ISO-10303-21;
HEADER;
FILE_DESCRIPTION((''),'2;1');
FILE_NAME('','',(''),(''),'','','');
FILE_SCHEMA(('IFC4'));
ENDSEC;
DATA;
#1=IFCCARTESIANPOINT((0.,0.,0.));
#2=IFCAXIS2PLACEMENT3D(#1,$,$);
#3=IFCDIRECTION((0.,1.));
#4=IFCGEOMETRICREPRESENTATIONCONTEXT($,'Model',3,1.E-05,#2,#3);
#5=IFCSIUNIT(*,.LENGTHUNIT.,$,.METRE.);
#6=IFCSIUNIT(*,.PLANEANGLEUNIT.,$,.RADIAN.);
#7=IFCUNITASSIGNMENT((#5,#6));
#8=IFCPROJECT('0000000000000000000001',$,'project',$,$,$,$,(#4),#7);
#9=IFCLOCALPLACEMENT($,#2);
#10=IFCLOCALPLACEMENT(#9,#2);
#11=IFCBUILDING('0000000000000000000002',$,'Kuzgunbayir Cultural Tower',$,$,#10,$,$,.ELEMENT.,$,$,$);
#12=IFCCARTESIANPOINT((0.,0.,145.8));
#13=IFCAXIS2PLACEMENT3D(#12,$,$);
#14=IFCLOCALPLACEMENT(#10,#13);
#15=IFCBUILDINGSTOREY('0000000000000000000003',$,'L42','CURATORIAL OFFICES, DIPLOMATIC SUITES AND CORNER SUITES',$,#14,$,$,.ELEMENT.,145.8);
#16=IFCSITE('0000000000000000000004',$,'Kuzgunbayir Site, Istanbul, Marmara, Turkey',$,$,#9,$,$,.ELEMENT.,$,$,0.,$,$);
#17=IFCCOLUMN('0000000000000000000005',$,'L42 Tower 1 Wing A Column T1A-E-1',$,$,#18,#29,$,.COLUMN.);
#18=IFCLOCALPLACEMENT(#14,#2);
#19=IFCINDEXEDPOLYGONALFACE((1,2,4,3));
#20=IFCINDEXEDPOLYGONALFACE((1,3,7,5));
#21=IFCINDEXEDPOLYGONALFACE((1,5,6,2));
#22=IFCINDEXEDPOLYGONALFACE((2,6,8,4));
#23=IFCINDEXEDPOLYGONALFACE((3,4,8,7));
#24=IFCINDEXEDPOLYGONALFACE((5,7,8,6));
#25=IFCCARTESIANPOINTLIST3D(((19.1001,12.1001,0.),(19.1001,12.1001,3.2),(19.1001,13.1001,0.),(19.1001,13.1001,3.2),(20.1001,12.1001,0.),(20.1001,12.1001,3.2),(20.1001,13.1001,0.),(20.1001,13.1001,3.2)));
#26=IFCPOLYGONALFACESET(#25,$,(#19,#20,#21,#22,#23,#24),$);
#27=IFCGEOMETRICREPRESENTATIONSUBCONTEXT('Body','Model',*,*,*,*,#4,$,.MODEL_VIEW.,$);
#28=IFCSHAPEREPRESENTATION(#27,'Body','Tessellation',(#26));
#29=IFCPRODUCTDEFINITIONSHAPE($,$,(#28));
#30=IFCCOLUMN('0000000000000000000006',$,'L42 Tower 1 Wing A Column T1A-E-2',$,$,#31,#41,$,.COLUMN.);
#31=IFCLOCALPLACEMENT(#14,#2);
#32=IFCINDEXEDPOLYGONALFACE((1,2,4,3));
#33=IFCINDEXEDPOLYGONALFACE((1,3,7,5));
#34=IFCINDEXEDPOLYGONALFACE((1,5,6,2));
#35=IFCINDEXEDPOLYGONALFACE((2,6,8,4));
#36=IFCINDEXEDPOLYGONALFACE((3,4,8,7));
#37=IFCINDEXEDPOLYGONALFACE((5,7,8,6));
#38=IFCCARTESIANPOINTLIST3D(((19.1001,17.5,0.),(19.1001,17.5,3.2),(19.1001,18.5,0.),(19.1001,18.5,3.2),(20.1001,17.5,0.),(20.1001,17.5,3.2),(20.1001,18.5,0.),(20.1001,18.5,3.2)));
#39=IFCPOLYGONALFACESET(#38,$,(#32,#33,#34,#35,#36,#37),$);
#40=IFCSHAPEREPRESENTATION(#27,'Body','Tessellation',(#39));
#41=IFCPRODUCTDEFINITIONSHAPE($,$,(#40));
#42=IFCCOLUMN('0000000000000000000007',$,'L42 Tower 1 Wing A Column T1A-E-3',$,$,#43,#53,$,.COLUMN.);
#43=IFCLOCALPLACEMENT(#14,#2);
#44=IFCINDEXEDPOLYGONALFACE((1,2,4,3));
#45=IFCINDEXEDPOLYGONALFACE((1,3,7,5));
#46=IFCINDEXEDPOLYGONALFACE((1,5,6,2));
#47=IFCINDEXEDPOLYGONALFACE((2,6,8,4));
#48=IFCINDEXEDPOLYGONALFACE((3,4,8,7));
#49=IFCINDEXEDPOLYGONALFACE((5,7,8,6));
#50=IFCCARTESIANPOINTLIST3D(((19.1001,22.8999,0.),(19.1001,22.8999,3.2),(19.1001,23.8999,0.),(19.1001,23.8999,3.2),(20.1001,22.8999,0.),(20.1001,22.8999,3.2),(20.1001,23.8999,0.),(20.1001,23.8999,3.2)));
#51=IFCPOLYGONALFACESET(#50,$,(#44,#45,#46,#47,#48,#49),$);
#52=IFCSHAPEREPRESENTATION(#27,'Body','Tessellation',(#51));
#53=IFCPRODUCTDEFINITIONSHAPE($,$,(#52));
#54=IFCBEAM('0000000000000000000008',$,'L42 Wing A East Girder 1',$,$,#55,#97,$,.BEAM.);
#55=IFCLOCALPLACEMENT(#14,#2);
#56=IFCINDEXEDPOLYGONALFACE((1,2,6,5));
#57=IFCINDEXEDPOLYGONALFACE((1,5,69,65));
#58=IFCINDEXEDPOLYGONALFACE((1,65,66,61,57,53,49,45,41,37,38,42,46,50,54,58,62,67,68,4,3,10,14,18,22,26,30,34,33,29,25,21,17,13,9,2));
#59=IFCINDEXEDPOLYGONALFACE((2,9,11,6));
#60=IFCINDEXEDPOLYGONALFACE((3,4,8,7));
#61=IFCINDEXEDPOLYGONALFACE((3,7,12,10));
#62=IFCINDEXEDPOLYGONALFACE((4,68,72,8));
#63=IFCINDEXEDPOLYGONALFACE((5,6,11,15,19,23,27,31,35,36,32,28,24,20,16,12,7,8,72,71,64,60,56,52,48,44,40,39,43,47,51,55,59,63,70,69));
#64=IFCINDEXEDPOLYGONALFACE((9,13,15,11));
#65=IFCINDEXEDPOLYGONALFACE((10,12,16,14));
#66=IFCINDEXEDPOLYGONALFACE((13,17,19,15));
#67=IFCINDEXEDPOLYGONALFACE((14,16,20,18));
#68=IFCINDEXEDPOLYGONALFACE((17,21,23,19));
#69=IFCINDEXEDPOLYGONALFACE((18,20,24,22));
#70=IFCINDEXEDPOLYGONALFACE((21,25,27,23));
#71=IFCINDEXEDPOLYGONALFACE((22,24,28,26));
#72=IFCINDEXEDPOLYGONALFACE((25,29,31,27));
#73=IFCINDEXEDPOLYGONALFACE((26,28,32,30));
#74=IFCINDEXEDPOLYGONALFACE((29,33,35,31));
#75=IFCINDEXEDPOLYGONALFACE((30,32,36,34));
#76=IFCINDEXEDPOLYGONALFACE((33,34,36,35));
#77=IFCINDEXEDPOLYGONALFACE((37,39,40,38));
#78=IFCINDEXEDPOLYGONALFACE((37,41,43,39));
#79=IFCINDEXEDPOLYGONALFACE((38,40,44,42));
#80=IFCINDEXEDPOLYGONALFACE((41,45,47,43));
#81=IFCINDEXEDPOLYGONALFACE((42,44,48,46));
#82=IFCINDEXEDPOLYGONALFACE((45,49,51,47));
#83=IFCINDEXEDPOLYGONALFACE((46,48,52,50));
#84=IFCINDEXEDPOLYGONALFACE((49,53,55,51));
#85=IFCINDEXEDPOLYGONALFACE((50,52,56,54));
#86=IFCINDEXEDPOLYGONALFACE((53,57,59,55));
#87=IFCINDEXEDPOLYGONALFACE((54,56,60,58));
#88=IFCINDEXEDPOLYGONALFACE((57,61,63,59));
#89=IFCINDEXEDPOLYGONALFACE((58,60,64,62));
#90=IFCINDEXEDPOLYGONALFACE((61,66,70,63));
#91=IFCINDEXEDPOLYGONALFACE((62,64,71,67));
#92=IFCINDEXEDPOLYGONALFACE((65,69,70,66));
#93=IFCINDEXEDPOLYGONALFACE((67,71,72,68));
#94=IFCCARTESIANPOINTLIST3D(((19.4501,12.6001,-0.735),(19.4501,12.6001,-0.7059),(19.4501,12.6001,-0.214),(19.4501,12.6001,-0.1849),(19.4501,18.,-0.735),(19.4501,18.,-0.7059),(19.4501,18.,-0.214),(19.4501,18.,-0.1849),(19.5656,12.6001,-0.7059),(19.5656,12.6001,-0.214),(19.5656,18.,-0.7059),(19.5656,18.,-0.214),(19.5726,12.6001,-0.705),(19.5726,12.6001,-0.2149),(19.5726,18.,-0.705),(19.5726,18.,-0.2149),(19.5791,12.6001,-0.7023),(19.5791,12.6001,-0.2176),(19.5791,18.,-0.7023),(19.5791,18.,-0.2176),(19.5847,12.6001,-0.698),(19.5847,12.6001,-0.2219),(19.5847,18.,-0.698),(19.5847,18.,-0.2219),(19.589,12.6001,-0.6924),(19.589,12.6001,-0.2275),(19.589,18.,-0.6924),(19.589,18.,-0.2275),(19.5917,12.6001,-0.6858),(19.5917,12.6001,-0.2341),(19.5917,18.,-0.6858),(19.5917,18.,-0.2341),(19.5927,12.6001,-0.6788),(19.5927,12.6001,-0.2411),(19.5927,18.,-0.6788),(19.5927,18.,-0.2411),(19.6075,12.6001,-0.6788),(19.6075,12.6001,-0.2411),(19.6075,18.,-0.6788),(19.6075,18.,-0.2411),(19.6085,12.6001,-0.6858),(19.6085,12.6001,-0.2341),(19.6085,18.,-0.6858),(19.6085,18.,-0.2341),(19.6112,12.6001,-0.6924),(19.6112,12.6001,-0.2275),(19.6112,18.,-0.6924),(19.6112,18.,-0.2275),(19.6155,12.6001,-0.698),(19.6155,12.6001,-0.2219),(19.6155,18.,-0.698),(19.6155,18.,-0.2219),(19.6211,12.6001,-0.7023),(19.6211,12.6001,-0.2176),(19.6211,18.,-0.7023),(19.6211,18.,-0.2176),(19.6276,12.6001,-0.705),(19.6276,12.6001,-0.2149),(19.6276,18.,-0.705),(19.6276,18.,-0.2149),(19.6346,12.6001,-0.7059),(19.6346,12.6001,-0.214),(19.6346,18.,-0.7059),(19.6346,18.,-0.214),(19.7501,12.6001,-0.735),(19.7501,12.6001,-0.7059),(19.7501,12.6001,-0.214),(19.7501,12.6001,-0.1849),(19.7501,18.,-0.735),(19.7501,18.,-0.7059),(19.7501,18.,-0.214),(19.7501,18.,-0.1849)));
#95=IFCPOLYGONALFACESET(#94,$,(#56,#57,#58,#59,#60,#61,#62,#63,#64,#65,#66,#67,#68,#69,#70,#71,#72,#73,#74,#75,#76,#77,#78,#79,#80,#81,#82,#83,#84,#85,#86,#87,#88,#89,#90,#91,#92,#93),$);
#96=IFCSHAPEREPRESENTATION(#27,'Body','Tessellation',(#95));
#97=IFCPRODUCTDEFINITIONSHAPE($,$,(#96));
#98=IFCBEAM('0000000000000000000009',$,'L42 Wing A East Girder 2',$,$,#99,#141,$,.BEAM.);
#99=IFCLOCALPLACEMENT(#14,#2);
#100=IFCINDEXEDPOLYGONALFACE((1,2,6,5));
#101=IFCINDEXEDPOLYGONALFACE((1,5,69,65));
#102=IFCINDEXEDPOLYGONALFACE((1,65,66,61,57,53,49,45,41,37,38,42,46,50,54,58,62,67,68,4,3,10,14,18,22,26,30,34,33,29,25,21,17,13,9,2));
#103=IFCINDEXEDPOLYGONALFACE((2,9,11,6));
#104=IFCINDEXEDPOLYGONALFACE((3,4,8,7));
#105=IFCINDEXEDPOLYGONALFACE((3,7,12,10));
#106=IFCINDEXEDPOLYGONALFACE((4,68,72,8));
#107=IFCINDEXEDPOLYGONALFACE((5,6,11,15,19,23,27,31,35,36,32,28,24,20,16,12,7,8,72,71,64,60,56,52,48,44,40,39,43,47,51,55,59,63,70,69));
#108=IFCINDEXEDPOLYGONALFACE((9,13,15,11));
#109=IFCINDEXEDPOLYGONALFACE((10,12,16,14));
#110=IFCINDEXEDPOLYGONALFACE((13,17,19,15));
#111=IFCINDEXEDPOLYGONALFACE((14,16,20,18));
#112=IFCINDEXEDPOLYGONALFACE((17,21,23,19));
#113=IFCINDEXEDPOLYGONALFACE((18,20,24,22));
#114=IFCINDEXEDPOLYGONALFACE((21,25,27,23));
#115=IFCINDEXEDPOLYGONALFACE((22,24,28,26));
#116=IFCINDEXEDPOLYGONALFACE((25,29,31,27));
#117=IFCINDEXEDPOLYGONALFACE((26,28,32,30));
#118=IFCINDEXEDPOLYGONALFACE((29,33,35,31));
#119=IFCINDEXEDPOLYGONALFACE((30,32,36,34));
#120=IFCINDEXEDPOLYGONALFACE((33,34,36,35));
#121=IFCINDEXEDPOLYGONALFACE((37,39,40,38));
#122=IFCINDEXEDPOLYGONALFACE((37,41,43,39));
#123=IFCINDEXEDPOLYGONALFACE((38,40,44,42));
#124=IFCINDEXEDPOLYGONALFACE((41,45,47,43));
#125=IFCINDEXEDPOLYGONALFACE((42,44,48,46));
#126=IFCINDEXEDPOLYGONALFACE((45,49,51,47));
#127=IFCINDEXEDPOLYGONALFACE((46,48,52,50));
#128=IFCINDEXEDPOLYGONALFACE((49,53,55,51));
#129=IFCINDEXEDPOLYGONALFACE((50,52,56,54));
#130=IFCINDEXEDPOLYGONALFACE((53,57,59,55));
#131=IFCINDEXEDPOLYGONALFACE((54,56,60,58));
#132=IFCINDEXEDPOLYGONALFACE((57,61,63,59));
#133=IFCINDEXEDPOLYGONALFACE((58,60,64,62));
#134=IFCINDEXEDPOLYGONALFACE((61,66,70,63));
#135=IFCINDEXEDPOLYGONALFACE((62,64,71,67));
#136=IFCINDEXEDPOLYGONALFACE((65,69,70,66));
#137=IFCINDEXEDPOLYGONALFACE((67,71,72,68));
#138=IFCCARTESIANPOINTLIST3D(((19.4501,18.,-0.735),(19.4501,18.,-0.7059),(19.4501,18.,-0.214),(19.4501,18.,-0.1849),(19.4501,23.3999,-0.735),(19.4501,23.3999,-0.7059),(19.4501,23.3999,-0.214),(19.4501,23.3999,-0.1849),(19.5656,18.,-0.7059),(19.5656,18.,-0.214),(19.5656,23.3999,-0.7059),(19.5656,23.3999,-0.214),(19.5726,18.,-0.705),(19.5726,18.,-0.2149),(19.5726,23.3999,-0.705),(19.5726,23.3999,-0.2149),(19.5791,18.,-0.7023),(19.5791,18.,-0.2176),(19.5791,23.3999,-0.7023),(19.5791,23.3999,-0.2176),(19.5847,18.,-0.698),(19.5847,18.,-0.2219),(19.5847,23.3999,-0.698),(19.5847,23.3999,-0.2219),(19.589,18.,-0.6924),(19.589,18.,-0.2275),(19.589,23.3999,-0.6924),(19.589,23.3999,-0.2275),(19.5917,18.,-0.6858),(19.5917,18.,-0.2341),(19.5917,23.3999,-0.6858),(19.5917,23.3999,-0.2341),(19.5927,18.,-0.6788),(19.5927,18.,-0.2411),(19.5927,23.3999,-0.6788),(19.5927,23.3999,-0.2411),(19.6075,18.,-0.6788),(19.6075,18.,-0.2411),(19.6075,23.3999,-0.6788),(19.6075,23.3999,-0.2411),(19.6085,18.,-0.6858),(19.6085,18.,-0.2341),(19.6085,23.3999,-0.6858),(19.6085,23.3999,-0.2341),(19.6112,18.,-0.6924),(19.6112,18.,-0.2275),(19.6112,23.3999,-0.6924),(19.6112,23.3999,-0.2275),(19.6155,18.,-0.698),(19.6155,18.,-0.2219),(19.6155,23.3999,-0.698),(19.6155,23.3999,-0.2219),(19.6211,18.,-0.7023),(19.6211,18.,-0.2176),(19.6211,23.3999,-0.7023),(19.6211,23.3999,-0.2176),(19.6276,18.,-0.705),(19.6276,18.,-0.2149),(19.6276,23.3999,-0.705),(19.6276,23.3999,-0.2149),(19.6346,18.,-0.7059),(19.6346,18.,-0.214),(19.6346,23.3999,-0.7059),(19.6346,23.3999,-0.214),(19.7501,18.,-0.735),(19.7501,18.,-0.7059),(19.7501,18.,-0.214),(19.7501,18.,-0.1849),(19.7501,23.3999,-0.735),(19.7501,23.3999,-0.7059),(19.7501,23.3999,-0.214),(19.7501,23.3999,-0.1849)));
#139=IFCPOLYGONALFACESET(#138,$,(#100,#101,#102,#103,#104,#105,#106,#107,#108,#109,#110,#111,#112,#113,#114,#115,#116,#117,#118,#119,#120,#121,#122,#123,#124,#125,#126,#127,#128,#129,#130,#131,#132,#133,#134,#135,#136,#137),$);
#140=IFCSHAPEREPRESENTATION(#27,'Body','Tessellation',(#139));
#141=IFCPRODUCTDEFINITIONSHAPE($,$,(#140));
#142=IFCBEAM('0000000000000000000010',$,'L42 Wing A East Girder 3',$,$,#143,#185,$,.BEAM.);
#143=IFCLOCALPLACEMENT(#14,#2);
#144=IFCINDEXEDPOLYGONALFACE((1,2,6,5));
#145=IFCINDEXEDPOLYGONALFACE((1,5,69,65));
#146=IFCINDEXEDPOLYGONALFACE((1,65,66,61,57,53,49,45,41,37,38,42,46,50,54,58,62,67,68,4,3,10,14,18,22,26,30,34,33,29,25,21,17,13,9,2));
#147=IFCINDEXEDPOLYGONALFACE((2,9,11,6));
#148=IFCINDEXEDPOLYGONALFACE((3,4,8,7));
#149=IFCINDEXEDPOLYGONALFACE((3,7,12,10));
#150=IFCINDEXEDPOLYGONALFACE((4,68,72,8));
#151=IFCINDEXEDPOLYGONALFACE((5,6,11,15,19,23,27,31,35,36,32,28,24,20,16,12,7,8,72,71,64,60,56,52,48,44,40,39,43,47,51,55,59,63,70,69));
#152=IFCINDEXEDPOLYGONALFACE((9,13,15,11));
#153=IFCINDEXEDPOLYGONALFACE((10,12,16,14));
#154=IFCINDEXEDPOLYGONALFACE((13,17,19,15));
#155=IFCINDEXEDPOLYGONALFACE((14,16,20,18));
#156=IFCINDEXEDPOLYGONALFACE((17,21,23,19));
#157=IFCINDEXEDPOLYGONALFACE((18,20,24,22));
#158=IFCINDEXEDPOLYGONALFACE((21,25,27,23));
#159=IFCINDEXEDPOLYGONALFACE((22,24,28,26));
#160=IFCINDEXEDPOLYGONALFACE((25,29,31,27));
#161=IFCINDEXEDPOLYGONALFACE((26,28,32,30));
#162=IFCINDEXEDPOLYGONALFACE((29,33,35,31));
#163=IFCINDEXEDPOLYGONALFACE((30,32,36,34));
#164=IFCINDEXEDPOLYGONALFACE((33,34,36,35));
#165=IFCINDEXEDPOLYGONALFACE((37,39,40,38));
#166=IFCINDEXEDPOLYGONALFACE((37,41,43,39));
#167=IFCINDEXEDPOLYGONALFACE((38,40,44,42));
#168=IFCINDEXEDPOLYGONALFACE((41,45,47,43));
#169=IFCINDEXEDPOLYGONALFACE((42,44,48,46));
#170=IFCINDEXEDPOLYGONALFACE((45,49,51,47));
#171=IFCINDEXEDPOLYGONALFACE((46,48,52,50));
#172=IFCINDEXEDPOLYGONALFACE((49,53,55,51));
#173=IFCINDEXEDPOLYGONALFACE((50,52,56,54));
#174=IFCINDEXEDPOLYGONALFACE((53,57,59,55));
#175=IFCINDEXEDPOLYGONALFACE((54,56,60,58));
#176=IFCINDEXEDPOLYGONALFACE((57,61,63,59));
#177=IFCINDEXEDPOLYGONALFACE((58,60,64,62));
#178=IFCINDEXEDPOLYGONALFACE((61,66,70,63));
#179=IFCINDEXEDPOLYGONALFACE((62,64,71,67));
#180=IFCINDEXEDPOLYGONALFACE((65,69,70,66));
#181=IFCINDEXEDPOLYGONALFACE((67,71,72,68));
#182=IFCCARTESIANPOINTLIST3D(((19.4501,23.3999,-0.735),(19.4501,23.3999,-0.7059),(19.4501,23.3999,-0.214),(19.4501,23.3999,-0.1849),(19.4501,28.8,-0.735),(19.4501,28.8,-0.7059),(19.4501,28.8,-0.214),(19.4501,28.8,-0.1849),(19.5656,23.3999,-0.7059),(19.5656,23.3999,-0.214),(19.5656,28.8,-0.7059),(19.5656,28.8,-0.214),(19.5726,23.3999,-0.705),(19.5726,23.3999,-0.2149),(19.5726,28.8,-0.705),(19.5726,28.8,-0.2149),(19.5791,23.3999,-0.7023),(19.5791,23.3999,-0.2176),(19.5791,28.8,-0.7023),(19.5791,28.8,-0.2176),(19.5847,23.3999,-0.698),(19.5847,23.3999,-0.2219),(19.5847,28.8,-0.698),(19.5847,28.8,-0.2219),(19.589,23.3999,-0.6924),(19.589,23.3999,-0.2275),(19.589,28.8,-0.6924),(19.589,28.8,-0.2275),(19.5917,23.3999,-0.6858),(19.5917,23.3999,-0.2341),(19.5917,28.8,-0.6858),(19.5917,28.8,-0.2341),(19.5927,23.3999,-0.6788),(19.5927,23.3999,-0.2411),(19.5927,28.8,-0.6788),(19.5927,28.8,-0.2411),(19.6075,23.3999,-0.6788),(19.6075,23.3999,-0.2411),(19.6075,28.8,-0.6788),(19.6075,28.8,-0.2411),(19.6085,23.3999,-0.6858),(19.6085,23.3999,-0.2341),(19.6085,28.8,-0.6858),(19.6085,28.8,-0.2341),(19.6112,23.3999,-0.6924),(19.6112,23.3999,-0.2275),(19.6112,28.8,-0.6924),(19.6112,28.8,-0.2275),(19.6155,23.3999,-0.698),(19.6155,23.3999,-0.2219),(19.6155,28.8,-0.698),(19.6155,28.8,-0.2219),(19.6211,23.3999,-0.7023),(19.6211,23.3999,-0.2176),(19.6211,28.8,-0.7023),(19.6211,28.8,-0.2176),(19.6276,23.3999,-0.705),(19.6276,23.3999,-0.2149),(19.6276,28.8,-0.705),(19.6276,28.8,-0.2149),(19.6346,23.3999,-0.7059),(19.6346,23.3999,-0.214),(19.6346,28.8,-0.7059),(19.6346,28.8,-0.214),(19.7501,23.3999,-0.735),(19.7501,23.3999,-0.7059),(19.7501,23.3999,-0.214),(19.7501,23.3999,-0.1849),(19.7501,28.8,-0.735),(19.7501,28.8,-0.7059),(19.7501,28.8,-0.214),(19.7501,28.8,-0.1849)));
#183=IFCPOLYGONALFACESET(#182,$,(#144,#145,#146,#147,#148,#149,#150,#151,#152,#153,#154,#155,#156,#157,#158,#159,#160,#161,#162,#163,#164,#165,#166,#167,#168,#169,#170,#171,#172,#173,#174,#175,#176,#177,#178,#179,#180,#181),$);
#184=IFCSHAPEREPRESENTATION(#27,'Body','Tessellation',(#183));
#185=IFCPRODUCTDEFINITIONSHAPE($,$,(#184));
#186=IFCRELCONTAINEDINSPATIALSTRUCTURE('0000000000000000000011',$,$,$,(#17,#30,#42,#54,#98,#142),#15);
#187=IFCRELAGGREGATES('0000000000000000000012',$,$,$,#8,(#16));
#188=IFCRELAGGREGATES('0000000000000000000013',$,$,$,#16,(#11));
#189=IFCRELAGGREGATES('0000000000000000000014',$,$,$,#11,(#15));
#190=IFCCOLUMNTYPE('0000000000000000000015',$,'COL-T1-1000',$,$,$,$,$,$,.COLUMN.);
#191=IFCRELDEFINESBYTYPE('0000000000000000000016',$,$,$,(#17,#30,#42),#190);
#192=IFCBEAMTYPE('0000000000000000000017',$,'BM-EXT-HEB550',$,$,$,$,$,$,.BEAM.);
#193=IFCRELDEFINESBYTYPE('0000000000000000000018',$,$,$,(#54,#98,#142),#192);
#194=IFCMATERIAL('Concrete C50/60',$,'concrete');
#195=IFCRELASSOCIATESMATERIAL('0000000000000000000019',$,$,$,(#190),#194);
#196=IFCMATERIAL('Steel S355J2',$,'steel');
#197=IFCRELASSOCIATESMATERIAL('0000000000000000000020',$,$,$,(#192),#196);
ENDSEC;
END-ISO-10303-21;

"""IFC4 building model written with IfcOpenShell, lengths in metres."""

from ifc_helpers import new_model, si_unit, direction, frame, origin, origin_2d, place, context, subcontext, project, spatial, rectangle, i_section, extrude, material, material_profile, profile_set, type_object, element, save


model = new_model("IFC4")

# Units and contexts
model_context = context("Model", 3, precision=1e-05, world=origin(), true_north=direction((0.0, 1.0)))
body_context = subcontext(model_context, "Body", "Model", "MODEL_VIEW")
ifc_project = project(units=[si_unit("LENGTHUNIT", "METRE"), si_unit("PLANEANGLEUNIT", "RADIAN")], contexts=[model_context])

# Site, building, storey
site_placement = place(None, origin())
site = spatial("IfcSite", under=ifc_project, at=site_placement, Name="Kuzgunbayir Site, Istanbul, Marmara, Turkey", CompositionType="ELEMENT", RefElevation=0.0)
building_placement = place(site_placement, origin())
building = spatial("IfcBuilding", under=site, at=building_placement, Name="Kuzgunbayir Cultural Tower", CompositionType="ELEMENT")
storey_placement = place(building_placement, frame((0.0, 0.0, 145.8)))
storey = spatial("IfcBuildingStorey", under=building, at=storey_placement, Name="L42", Description="CURATORIAL OFFICES, DIPLOMATIC SUITES AND CORNER SUITES", CompositionType="ELEMENT", Elevation=145.8)

# Columns
ifc_material_1 = material(Name="Concrete C50/60", Category="concrete")
ifc_material_profile_1 = material_profile(ifc_material_1, rectangle(XDim=1.0, YDim=1.0, at=origin_2d()), Name="RC 1000x1000")
ifc_profile_set_1 = profile_set([ifc_material_profile_1], Name="Concrete C50/60")
column_type = type_object("IfcColumnType", Name="COL-T1-1000", PredefinedType="COLUMN", material=ifc_profile_set_1)
for number, where, z_axis, x_axis, name in (
    (1, (19.6001, 12.6001, 0.0), (0.0, 0.0, 1.0), (1.0, 0.0, 0.0), "L42 Tower 1 Wing A Column T1A-E-1"),
    (2, (19.6001, 18.0, 0.0), (0.0, 0.0, 1.0), (1.0, 0.0, 0.0), "L42 Tower 1 Wing A Column T1A-E-2"),
    (3, (19.6001, 23.3999, 0.0), (0.0, 0.0, 1.0), (1.0, 0.0, 0.0), "L42 Tower 1 Wing A Column T1A-E-3"),
):
    element("IfcColumn", number, at=place(storey_placement, frame(where, z_axis=z_axis, x_axis=x_axis)), inside=storey, type_object=column_type, Name=name, PredefinedType="COLUMN", context=body_context, shape_type="SweptSolid", body=[
        extrude(rectangle(XDim=1.0, YDim=1.0, at=origin_2d()), origin(), (0.0, 0.0, 1.0), 3.2),
    ])

# Beams
ifc_material_2 = material(Name="Steel S355J2", Category="steel")
ifc_material_profile_2 = material_profile(ifc_material_2, i_section(OverallWidth=0.3, OverallDepth=0.55, WebThickness=0.0149, FlangeThickness=0.0291, FilletRadius=0.0271, at=origin_2d()), Name="HEB 550")
ifc_profile_set_2 = profile_set([ifc_material_profile_2], Name="Steel S355J2")
beam_type = type_object("IfcBeamType", Name="BM-EXT-HEB550", PredefinedType="BEAM", material=ifc_profile_set_2)
for number, where, z_axis, x_axis, name in (
    (4, (19.6001, 12.6001, -0.46), (0.0, 1.0, 0.0), (-1.0, 0.0, 0.0), "L42 Wing A East Girder 1"),
    (5, (19.6001, 18.0, -0.46), (0.0, 1.0, 0.0), (-1.0, 0.0, 0.0), "L42 Wing A East Girder 2"),
):
    element("IfcBeam", number, at=place(storey_placement, frame(where, z_axis=z_axis, x_axis=x_axis)), inside=storey, type_object=beam_type, Name=name, PredefinedType="BEAM", context=body_context, shape_type="SweptSolid", body=[
        extrude(i_section(OverallWidth=0.3, OverallDepth=0.55, WebThickness=0.0149, FlangeThickness=0.0291, FilletRadius=0.0271, at=origin_2d()), origin(), (0.0, 0.0, 1.0), 5.3999),
    ])
beam_placement = place(storey_placement, frame((19.6001, 23.3999, -0.46), z_axis=(0.0, 1.0, 0.0), x_axis=(-1.0, 0.0, 0.0)))
element("IfcBeam", 6, at=beam_placement, inside=storey, type_object=beam_type, Name="L42 Wing A East Girder 3", PredefinedType="BEAM", context=body_context, shape_type="SweptSolid", body=[
    extrude(i_section(OverallWidth=0.3, OverallDepth=0.55, WebThickness=0.0149, FlangeThickness=0.0291, FilletRadius=0.0271, at=origin_2d()), origin(), (0.0, 0.0, 1.0), 5.4001),
])

save(model, "model.ifc")
